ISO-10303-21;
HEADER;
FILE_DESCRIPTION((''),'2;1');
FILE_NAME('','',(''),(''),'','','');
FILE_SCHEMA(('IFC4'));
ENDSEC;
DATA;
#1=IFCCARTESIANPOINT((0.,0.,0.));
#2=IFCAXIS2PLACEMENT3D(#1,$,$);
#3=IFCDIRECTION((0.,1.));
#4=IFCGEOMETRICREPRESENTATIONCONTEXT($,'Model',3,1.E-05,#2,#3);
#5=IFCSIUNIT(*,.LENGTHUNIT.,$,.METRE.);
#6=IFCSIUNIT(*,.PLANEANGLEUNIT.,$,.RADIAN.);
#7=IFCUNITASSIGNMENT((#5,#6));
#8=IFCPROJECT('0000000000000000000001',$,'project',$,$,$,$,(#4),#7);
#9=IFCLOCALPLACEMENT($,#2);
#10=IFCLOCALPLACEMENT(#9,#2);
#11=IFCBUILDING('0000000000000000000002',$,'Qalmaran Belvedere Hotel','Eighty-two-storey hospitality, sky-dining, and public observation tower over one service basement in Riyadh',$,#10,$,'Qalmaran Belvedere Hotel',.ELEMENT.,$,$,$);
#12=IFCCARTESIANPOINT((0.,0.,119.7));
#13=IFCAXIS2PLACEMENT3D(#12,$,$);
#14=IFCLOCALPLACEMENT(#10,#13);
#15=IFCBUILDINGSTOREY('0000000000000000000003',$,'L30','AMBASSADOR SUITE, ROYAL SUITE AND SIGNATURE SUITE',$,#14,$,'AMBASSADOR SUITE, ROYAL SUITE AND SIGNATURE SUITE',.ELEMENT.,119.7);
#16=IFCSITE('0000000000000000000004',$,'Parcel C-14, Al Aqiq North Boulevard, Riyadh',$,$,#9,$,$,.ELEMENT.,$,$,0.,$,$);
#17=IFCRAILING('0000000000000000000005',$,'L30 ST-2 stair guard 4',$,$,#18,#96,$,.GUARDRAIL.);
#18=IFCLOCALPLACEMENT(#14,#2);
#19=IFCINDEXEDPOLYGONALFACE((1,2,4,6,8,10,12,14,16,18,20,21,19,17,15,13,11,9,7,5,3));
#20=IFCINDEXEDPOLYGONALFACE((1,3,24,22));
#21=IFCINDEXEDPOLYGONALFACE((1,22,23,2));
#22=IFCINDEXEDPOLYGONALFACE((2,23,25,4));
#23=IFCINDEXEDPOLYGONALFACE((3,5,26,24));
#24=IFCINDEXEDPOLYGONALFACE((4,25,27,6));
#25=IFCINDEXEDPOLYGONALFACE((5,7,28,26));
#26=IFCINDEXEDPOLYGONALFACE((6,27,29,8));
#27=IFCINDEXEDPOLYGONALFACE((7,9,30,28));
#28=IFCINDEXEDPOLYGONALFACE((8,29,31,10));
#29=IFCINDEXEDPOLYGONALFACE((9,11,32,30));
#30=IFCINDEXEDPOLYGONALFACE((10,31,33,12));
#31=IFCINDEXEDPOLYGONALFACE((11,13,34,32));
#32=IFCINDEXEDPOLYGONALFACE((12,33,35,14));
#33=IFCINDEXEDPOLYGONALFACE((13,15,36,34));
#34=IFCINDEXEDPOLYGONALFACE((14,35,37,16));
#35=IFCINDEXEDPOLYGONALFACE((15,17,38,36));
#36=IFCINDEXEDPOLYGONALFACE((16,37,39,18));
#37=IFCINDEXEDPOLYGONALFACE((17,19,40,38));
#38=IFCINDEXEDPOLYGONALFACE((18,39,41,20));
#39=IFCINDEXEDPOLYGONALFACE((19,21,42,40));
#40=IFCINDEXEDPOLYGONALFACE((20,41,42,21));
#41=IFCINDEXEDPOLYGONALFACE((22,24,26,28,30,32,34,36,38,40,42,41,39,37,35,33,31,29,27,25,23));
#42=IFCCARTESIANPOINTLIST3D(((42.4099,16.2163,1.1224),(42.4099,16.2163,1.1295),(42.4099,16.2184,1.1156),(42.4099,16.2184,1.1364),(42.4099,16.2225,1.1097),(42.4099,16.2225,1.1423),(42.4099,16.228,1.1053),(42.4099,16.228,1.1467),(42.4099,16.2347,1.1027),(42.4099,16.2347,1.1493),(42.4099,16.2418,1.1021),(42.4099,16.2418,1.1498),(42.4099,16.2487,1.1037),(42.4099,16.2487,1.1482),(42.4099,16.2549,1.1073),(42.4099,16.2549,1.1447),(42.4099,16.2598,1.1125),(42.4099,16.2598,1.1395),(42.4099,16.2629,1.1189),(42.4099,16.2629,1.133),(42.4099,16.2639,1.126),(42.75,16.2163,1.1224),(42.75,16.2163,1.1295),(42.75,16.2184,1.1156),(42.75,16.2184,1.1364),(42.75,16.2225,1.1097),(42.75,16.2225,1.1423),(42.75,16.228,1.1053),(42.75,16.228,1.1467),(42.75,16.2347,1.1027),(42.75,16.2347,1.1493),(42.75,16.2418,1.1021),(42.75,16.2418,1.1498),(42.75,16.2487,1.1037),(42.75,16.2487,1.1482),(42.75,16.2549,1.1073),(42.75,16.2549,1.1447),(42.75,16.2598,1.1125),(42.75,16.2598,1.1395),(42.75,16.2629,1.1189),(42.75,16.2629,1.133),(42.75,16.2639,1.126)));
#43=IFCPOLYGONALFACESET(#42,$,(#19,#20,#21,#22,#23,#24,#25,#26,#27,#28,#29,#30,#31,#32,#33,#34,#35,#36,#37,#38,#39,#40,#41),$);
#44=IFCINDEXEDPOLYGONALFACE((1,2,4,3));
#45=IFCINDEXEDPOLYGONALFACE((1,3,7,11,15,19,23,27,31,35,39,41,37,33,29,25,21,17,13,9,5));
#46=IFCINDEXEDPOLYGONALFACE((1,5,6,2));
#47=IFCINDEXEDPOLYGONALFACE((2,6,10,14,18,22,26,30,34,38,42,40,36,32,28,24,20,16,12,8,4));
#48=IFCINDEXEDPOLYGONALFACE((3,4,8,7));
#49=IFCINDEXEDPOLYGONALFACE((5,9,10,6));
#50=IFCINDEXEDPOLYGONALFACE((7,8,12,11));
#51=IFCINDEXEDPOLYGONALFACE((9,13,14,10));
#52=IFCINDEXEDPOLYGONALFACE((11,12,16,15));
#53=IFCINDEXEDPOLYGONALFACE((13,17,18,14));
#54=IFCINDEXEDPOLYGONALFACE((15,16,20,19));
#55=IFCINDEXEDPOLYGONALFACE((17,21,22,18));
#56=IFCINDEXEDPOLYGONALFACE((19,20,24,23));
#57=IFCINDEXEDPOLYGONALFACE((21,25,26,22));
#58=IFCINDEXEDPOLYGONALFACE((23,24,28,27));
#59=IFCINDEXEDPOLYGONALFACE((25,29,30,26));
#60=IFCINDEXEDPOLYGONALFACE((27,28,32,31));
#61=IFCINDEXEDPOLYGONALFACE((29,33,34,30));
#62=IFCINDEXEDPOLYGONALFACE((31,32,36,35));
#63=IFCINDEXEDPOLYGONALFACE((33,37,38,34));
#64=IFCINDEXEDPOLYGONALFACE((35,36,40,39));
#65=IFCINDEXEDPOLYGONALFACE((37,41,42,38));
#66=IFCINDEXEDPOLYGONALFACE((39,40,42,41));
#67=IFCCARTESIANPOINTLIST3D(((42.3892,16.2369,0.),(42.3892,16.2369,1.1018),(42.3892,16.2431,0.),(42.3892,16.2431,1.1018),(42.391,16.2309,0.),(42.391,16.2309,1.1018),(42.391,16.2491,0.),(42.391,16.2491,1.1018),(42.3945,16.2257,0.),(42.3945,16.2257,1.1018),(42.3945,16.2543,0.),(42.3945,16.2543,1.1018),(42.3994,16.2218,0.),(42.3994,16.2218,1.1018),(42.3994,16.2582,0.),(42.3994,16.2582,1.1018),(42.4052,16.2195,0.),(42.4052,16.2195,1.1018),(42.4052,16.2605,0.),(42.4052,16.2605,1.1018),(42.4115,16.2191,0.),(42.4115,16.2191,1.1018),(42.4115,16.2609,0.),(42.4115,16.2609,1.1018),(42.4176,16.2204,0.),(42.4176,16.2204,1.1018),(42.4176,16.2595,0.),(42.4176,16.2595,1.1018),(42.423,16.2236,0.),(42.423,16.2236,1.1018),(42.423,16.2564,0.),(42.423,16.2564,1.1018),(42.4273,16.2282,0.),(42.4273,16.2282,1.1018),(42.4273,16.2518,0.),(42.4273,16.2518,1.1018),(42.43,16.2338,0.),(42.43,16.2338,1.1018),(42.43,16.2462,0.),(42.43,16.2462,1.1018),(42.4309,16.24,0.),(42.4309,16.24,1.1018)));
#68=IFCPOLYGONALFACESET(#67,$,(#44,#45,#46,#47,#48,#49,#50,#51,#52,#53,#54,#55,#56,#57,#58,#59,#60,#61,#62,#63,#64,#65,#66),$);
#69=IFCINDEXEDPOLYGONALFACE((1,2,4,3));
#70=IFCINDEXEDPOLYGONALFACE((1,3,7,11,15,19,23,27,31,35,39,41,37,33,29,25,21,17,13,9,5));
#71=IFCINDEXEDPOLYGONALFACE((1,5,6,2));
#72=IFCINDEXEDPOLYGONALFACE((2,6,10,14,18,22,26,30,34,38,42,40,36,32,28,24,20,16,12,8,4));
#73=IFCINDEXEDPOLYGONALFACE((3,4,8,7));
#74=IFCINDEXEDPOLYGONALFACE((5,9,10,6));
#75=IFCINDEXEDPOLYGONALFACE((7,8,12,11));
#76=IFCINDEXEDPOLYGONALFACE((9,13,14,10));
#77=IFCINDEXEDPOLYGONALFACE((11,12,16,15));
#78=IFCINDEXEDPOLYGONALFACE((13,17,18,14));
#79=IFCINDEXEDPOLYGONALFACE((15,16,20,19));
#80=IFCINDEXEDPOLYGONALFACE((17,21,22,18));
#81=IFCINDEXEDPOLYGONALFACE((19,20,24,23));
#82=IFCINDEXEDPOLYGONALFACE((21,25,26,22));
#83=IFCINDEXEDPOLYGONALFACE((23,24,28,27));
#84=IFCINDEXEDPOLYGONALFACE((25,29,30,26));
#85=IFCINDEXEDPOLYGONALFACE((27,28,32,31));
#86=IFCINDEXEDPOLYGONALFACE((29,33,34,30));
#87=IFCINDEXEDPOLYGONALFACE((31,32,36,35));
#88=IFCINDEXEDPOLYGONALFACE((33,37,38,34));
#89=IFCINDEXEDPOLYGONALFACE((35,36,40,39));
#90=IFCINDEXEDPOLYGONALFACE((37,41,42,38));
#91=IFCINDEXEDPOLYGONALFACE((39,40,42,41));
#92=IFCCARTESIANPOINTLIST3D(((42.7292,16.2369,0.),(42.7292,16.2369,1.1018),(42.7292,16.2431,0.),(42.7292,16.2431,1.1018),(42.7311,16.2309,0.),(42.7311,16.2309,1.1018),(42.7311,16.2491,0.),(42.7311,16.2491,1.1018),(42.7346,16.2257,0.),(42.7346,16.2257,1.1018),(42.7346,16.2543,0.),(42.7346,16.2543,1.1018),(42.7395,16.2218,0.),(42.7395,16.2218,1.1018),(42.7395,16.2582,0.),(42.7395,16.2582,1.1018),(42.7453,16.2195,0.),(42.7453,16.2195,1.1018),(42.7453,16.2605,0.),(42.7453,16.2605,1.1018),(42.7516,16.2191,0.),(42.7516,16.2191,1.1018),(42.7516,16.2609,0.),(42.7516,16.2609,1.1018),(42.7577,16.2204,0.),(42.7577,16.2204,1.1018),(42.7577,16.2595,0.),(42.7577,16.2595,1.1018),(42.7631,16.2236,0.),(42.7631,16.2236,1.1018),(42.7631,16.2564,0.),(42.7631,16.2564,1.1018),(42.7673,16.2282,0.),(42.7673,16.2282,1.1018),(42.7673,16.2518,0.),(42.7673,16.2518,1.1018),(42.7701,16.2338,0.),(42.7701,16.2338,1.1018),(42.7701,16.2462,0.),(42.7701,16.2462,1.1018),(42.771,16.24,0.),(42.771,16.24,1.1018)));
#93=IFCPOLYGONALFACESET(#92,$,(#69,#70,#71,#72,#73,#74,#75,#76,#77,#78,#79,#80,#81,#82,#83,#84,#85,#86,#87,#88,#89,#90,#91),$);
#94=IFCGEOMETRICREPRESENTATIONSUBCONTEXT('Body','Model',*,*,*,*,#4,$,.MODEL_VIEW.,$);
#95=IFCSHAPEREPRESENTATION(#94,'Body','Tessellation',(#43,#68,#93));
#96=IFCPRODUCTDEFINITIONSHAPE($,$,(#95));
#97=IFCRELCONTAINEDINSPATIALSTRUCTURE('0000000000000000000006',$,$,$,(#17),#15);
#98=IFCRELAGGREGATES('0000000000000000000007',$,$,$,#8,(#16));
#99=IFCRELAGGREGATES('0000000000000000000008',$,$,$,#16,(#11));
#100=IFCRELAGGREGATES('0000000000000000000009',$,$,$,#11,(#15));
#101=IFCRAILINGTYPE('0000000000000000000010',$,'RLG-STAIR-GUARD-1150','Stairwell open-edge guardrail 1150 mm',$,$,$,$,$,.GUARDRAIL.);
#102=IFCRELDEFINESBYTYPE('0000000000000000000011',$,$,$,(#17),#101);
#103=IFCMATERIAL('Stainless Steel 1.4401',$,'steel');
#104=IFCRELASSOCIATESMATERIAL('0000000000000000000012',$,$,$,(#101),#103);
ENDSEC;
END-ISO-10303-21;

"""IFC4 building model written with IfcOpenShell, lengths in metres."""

from ifc_helpers import new_model, si_unit, direction, frame, origin, origin_2d, place, context, subcontext, project, spatial, circle, extrude, material, type_object, element, save


model = new_model("IFC4")

# Units and contexts
model_context = context("Model", 3, precision=1e-05, world=origin(), true_north=direction((0.0, 1.0)))
body_context = subcontext(model_context, "Body", "Model", "MODEL_VIEW")
ifc_project = project(units=[si_unit("LENGTHUNIT", "METRE"), si_unit("PLANEANGLEUNIT", "RADIAN")], contexts=[model_context])

# Site, building, storey
site_placement = place(None, origin())
site = spatial("IfcSite", under=ifc_project, at=site_placement, Name="Parcel C-14, Al Aqiq North Boulevard, Riyadh", CompositionType="ELEMENT", RefElevation=0.0)
building_placement = place(site_placement, origin())
building = spatial("IfcBuilding", under=site, at=building_placement, Name="Qalmaran Belvedere Hotel", Description="Eighty-two-storey hospitality, sky-dining, and public observation tower over one service basement in Riyadh", LongName="Qalmaran Belvedere Hotel", CompositionType="ELEMENT")
storey_placement = place(building_placement, frame((0.0, 0.0, 119.7)))
storey = spatial("IfcBuildingStorey", under=building, at=storey_placement, Name="L30", Description="AMBASSADOR SUITE, ROYAL SUITE AND SIGNATURE SUITE", LongName="AMBASSADOR SUITE, ROYAL SUITE AND SIGNATURE SUITE", CompositionType="ELEMENT", Elevation=119.7)

# Shared definitions
ifc_material_1 = material(Name="Stainless Steel 1.4401", Category="steel")

# Railing
railing_type_1 = type_object("IfcRailingType", Name="RLG-STAIR-GUARD-1150", Description="Stairwell open-edge guardrail 1150 mm", PredefinedType="GUARDRAIL", material=ifc_material_1)
railing_1_placement = place(storey_placement, frame((42.4099, 16.24, 0.0)))
element("IfcRailing", 1, at=railing_1_placement, inside=storey, type_object=railing_type_1, Name="L30 ST-2 stair guard 4", PredefinedType="GUARDRAIL", context=body_context, shape_type="SweptSolid", body=[
    extrude(circle(Radius=0.0239, at=origin_2d()), frame((0.0, 0.0, 1.126), z_axis=(1.0, 0.0, 0.0), x_axis=(0.0, 1.0, 0.0)), (0.0, 0.0, 1.0), 0.3401),
    extrude(circle(Radius=0.021, at=origin_2d()), origin(), (0.0, 0.0, 1.0), 1.1018),
    extrude(circle(Radius=0.021, at=origin_2d()), frame((0.3401, 0.0, 0.0)), (0.0, 0.0, 1.0), 1.1018),
])

save(model, "model.ifc")
